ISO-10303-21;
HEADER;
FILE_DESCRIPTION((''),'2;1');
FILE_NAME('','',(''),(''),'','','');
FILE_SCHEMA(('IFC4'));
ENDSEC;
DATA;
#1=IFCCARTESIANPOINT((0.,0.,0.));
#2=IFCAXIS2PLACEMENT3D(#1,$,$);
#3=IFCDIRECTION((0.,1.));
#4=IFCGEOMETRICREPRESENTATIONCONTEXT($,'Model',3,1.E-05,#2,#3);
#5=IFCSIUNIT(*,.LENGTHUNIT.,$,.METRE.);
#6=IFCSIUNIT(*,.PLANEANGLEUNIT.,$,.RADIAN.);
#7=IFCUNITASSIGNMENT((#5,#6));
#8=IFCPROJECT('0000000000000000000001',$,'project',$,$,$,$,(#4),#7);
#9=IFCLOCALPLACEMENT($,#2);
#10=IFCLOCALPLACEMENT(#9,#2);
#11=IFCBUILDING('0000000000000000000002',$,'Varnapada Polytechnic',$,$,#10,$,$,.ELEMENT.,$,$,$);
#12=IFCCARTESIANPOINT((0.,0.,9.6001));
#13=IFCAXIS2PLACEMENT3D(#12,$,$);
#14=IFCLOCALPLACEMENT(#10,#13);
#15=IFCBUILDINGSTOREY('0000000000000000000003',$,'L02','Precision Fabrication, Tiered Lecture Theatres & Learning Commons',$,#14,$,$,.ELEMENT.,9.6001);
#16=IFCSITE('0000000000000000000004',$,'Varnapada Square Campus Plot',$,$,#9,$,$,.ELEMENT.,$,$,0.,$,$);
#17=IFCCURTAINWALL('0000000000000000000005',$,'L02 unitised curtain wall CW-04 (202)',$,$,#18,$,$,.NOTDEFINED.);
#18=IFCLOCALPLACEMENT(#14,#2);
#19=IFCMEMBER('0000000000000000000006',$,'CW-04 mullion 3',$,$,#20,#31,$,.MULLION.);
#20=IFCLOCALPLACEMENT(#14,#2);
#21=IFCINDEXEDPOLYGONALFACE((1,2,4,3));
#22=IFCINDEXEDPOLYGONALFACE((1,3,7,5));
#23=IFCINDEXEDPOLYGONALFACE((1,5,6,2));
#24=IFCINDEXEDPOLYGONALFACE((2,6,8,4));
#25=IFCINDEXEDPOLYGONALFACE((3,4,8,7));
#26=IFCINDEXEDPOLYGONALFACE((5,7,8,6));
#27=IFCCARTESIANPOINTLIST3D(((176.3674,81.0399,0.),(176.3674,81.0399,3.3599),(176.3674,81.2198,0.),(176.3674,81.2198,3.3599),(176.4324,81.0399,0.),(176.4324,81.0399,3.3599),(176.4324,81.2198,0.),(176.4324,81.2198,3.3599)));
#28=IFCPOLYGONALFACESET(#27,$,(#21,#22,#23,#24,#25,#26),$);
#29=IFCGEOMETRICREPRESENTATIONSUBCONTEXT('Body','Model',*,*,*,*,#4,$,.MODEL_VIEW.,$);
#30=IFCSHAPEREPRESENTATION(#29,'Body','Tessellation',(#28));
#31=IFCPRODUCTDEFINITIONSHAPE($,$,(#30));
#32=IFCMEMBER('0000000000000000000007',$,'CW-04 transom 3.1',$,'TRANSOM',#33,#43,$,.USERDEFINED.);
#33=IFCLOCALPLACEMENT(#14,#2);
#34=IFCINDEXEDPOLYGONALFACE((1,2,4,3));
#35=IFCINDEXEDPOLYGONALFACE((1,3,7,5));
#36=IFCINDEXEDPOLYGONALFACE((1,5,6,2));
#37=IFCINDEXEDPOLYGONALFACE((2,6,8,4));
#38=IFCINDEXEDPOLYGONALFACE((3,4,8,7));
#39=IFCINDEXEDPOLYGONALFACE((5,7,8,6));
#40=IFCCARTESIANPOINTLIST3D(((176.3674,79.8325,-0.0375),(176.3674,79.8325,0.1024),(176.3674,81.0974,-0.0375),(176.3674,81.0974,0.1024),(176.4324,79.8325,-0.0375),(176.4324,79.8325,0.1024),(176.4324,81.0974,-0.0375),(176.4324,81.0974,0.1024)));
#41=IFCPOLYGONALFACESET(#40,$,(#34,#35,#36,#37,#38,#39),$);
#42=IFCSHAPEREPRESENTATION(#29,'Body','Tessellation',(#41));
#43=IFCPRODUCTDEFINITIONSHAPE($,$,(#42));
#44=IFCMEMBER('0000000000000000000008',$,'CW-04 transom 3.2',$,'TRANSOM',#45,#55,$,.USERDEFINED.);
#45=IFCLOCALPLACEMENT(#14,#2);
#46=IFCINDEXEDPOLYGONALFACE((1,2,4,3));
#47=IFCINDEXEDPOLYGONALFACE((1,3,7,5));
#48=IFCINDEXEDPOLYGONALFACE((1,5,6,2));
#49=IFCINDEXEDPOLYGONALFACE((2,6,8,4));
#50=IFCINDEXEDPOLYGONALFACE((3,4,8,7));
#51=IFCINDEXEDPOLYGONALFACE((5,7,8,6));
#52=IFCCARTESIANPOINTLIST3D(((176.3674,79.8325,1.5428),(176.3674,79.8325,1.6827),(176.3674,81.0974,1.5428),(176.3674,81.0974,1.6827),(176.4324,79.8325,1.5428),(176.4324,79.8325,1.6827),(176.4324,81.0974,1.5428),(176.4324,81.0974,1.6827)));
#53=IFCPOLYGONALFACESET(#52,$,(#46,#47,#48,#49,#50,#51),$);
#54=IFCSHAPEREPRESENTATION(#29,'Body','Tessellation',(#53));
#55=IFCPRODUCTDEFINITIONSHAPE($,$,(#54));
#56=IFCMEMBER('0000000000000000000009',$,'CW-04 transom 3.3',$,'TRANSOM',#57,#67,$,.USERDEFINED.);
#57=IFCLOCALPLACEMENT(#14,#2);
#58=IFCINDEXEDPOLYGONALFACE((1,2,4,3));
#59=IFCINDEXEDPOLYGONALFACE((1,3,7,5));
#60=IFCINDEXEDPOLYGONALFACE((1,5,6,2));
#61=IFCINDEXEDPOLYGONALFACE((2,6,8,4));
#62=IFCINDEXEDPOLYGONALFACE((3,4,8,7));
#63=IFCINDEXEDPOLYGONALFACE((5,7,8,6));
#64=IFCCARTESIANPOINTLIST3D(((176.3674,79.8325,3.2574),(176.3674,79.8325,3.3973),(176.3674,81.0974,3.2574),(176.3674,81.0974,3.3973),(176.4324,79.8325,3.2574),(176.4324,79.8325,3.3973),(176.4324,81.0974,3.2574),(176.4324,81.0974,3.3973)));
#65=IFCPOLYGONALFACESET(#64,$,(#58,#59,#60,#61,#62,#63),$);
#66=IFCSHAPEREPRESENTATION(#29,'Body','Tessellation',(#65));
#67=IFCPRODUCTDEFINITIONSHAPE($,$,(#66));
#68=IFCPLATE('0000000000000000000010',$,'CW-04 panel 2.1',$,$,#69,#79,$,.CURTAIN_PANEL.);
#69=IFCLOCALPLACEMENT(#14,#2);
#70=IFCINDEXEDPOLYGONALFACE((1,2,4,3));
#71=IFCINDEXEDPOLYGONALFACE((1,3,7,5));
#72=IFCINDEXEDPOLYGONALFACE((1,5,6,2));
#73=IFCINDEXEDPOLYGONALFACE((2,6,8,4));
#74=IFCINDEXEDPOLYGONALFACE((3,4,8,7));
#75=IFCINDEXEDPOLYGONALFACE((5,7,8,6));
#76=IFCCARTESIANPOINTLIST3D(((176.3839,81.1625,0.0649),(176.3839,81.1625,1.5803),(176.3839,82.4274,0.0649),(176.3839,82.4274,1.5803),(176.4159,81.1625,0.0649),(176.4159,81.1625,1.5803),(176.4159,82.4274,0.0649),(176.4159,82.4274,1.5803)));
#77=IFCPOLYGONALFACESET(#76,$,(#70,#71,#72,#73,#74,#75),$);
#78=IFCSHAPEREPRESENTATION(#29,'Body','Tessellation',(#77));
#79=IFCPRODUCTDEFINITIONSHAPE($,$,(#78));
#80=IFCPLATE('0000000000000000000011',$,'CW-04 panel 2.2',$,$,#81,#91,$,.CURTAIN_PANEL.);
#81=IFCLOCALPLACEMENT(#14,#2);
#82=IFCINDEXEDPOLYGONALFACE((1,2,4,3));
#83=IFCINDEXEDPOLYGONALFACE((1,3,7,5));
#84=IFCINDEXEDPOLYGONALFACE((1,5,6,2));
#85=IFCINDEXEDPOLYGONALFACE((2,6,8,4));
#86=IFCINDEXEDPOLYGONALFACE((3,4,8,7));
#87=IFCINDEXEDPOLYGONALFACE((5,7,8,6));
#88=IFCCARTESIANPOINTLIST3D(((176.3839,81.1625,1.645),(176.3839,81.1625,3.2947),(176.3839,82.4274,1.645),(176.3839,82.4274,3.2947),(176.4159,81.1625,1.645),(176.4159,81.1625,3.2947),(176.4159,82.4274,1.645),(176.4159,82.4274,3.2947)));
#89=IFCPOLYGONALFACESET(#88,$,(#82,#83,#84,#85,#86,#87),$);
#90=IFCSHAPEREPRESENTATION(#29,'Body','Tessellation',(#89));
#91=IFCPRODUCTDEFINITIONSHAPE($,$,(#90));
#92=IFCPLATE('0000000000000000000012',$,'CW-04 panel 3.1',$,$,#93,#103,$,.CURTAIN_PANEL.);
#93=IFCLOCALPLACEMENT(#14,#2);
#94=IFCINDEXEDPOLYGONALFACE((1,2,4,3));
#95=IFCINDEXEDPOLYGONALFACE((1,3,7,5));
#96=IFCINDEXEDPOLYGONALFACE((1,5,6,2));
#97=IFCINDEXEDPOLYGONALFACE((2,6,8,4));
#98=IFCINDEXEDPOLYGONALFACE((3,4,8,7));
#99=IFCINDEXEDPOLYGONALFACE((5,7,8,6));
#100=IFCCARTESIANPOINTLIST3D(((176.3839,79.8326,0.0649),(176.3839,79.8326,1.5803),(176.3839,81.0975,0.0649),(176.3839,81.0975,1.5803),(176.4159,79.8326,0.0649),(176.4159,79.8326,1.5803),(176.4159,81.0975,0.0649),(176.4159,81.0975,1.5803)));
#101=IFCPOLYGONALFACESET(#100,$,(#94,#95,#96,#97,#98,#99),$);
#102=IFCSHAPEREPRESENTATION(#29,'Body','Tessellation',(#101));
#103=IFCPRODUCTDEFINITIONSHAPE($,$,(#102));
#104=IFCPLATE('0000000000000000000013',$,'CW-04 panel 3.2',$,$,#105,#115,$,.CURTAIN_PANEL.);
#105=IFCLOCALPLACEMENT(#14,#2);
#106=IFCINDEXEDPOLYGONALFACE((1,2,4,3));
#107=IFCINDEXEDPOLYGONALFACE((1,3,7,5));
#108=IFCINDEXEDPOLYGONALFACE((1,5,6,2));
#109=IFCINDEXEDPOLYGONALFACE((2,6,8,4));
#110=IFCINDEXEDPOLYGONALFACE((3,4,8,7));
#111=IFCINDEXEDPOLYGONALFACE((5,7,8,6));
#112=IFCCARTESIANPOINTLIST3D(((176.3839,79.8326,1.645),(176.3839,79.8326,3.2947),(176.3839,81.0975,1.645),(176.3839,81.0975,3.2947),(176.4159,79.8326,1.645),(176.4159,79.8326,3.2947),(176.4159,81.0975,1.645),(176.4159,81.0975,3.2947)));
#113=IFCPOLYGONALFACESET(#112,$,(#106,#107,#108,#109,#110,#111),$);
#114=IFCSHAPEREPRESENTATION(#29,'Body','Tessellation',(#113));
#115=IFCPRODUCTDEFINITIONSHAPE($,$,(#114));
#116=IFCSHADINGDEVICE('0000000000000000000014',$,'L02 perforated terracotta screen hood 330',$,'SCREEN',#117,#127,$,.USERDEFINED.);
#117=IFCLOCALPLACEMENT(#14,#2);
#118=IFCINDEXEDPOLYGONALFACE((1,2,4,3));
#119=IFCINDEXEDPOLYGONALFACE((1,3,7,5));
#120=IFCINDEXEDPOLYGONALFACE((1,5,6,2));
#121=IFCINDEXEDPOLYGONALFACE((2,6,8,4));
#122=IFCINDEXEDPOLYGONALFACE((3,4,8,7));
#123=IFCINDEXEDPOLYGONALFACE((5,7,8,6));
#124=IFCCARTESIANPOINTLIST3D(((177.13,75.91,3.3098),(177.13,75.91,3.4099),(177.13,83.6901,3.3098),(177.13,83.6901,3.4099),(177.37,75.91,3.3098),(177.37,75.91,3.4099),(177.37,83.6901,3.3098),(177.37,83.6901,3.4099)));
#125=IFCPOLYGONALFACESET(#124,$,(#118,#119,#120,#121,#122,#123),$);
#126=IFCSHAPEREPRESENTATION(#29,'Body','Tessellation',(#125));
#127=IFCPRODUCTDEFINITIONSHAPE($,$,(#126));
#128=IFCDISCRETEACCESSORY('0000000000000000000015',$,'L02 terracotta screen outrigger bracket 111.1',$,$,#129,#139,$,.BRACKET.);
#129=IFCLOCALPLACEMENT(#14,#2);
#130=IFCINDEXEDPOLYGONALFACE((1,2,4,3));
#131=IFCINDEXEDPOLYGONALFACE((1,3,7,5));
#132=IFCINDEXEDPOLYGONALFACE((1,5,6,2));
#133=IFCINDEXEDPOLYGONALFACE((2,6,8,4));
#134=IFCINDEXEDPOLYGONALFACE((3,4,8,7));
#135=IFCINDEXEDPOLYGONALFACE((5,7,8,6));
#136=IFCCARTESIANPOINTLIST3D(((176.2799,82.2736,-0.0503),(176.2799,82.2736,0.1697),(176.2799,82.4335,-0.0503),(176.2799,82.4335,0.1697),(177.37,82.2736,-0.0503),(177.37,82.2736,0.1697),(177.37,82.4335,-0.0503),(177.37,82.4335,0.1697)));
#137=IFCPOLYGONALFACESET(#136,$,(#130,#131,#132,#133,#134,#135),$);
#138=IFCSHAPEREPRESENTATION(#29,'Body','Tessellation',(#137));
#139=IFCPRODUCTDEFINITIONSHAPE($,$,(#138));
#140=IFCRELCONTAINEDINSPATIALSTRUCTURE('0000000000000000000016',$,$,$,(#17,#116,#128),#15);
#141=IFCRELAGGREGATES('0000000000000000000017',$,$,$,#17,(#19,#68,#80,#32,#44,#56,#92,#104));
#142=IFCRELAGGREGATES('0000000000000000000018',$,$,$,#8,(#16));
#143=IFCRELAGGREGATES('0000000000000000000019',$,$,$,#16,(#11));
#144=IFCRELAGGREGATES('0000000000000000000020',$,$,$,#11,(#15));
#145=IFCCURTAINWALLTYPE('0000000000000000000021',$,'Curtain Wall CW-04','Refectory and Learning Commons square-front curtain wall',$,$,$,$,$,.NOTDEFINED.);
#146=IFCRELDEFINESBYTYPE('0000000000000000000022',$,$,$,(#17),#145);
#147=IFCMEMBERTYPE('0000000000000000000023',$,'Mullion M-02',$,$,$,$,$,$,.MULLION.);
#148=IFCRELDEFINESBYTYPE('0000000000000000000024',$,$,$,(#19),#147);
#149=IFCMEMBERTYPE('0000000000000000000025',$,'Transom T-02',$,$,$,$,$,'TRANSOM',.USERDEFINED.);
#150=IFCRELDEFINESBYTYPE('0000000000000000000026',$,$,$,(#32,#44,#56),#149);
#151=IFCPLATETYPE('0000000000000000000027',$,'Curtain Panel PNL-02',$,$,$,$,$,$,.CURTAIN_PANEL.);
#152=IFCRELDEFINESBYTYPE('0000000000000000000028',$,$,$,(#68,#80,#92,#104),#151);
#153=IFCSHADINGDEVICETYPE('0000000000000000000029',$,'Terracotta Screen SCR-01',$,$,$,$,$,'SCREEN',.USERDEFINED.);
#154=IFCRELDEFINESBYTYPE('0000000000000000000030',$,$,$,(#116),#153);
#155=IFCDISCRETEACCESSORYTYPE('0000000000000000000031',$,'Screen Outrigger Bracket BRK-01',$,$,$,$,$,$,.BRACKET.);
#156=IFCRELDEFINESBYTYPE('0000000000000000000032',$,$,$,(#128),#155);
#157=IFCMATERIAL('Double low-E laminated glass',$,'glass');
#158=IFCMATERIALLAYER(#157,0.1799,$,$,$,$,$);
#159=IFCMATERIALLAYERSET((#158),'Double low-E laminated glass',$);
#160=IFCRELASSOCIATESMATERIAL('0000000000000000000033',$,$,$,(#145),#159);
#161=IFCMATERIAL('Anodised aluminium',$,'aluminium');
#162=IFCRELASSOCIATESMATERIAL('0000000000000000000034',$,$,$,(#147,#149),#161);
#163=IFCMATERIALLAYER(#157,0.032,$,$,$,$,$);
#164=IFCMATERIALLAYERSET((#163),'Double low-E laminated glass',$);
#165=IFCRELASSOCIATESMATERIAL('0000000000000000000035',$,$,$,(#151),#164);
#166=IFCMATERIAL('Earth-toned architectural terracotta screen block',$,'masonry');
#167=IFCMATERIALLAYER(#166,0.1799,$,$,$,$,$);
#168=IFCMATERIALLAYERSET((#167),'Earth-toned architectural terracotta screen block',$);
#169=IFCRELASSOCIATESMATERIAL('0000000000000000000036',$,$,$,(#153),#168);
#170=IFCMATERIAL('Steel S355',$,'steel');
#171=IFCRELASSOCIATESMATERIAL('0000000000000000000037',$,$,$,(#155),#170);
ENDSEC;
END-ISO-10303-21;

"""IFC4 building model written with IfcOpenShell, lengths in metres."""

from ifc_helpers import new_model, si_unit, direction, frame, origin, origin_2d, place, context, subcontext, project, spatial, rectangle, extrude, material, layer, layer_set, material_profile, profile_set, type_object, element, aggregate, save


model = new_model("IFC4")

# Units and contexts
model_context = context("Model", 3, precision=1e-05, world=origin(), true_north=direction((0.0, 1.0)))
body_context = subcontext(model_context, "Body", "Model", "MODEL_VIEW")
ifc_project = project(units=[si_unit("LENGTHUNIT", "METRE"), si_unit("PLANEANGLEUNIT", "RADIAN")], contexts=[model_context])

# Site, building, storey
site_placement = place(None, origin())
site = spatial("IfcSite", under=ifc_project, at=site_placement, Name="Varnapada Square Campus Plot", CompositionType="ELEMENT", RefElevation=0.0)
building_placement = place(site_placement, origin())
building = spatial("IfcBuilding", under=site, at=building_placement, Name="Varnapada Polytechnic", CompositionType="ELEMENT")
storey_placement = place(building_placement, frame((0.0, 0.0, 9.6001)))
storey = spatial("IfcBuildingStorey", under=building, at=storey_placement, Name="L02", Description="Precision Fabrication, Tiered Lecture Theatres & Learning Commons", CompositionType="ELEMENT", Elevation=9.6001)

# Curtain wall, members, plates
ifc_material_1 = material(Name="Double low-E laminated glass", Category="glass")
ifc_layer_1 = layer(ifc_material_1, 0.1799)
ifc_layer_set_1 = layer_set([ifc_layer_1], Name="Double low-E laminated glass")
curtain_wall_type = type_object("IfcCurtainWallType", Name="Curtain Wall CW-04", Description="Refectory and Learning Commons square-front curtain wall", PredefinedType="NOTDEFINED", material=ifc_layer_set_1)
curtain_wall_placement = place(storey_placement, origin())
curtain_wall = element("IfcCurtainWall", 1, at=curtain_wall_placement, inside=storey, type_object=curtain_wall_type, Name="L02 unitised curtain wall CW-04 (202)", PredefinedType="NOTDEFINED")
ifc_material_2 = material(Name="Anodised aluminium", Category="aluminium")
ifc_material_profile_1 = material_profile(ifc_material_2, rectangle(XDim=0.0649, YDim=0.1799, at=origin_2d()), Name="ALU M65x180")
ifc_profile_set_1 = profile_set([ifc_material_profile_1], Name="Anodised aluminium")
member_type_1 = type_object("IfcMemberType", Name="Mullion M-02", PredefinedType="MULLION", material=ifc_profile_set_1)
member_1_placement = place(storey_placement, frame((176.3999, 81.1299, 0.0), z_axis=(0.0, 0.0, 1.0), x_axis=(1.0, 0.0, 0.0)))
member_1 = element("IfcMember", 2, at=member_1_placement, type_object=member_type_1, Name="CW-04 mullion 3", PredefinedType="MULLION", context=body_context, shape_type="SweptSolid", body=[
    extrude(rectangle(XDim=0.0649, YDim=0.1799, at=origin_2d()), origin(), (0.0, 0.0, 1.0), 3.3599),
])
ifc_material_profile_2 = material_profile(ifc_material_2, rectangle(XDim=0.0649, YDim=0.1399, at=origin_2d()), Name="ALU T65x140")
ifc_profile_set_2 = profile_set([ifc_material_profile_2], Name="Anodised aluminium")
member_type_2 = type_object("IfcMemberType", Name="Transom T-02", ElementType="TRANSOM", PredefinedType="USERDEFINED", material=ifc_profile_set_2)
member_2_placement = place(storey_placement, frame((176.3999, 81.0974, 0.0325), z_axis=(0.0, -1.0, 0.0), x_axis=(1.0, 0.0, 0.0)))
member_2 = element("IfcMember", 3, at=member_2_placement, type_object=member_type_2, Name="CW-04 transom 3.1", ObjectType="TRANSOM", PredefinedType="USERDEFINED", context=body_context, shape_type="SweptSolid", body=[
    extrude(rectangle(XDim=0.0649, YDim=0.1399, at=origin_2d()), origin(), (0.0, 0.0, 1.0), 1.2649),
])
member_3_placement = place(storey_placement, frame((176.3999, 81.0974, 1.6128), z_axis=(0.0, -1.0, 0.0), x_axis=(1.0, 0.0, 0.0)))
member_3 = element("IfcMember", 4, at=member_3_placement, type_object=member_type_2, Name="CW-04 transom 3.2", ObjectType="TRANSOM", PredefinedType="USERDEFINED", context=body_context, shape_type="SweptSolid", body=[
    extrude(rectangle(XDim=0.0649, YDim=0.1399, at=origin_2d()), origin(), (0.0, 0.0, 1.0), 1.2649),
])
member_4_placement = place(storey_placement, frame((176.3999, 81.0974, 3.3274), z_axis=(0.0, -1.0, 0.0), x_axis=(1.0, 0.0, 0.0)))
member_4 = element("IfcMember", 5, at=member_4_placement, type_object=member_type_2, Name="CW-04 transom 3.3", ObjectType="TRANSOM", PredefinedType="USERDEFINED", context=body_context, shape_type="SweptSolid", body=[
    extrude(rectangle(XDim=0.0649, YDim=0.1399, at=origin_2d()), origin(), (0.0, 0.0, 1.0), 1.2649),
])
ifc_layer_2 = layer(ifc_material_1, 0.032)
ifc_layer_set_2 = layer_set([ifc_layer_2], Name="Double low-E laminated glass")
plate_type = type_object("IfcPlateType", Name="Curtain Panel PNL-02", PredefinedType="CURTAIN_PANEL", material=ifc_layer_set_2)
plate_1_placement = place(storey_placement, frame((176.3999, 81.7949, 0.0649), z_axis=(0.0, 0.0, 1.0), x_axis=(0.0, -1.0, 0.0)))
plate_1 = element("IfcPlate", 6, at=plate_1_placement, type_object=plate_type, Name="CW-04 panel 2.1", PredefinedType="CURTAIN_PANEL", context=body_context, shape_type="SweptSolid", body=[
    extrude(rectangle(XDim=1.2649, YDim=0.032, at=origin_2d()), origin(), (0.0, 0.0, 1.0), 1.5154),
])
plate_2_placement = place(storey_placement, frame((176.3999, 81.7949, 1.645), z_axis=(0.0, 0.0, 1.0), x_axis=(0.0, -1.0, 0.0)))
plate_2 = element("IfcPlate", 7, at=plate_2_placement, type_object=plate_type, Name="CW-04 panel 2.2", PredefinedType="CURTAIN_PANEL", context=body_context, shape_type="SweptSolid", body=[
    extrude(rectangle(XDim=1.2649, YDim=0.032, at=origin_2d()), origin(), (0.0, 0.0, 1.0), 1.6497),
])
plate_3_placement = place(storey_placement, frame((176.3999, 80.4651, 0.0649), z_axis=(0.0, 0.0, 1.0), x_axis=(0.0, -1.0, 0.0)))
plate_3 = element("IfcPlate", 8, at=plate_3_placement, type_object=plate_type, Name="CW-04 panel 3.1", PredefinedType="CURTAIN_PANEL", context=body_context, shape_type="SweptSolid", body=[
    extrude(rectangle(XDim=1.2649, YDim=0.032, at=origin_2d()), origin(), (0.0, 0.0, 1.0), 1.5154),
])
plate_4_placement = place(storey_placement, frame((176.3999, 80.4651, 1.645), z_axis=(0.0, 0.0, 1.0), x_axis=(0.0, -1.0, 0.0)))
plate_4 = element("IfcPlate", 9, at=plate_4_placement, type_object=plate_type, Name="CW-04 panel 3.2", PredefinedType="CURTAIN_PANEL", context=body_context, shape_type="SweptSolid", body=[
    extrude(rectangle(XDim=1.2649, YDim=0.032, at=origin_2d()), origin(), (0.0, 0.0, 1.0), 1.6497),
])
aggregate(curtain_wall, [member_1, plate_1, plate_2, member_2, member_3, member_4, plate_3, plate_4])

# Shading device
ifc_material_3 = material(Name="Earth-toned architectural terracotta screen block", Category="masonry")
ifc_layer_3 = layer(ifc_material_3, 0.1799)
ifc_layer_set_3 = layer_set([ifc_layer_3], Name="Earth-toned architectural terracotta screen block")
shading_device_type = type_object("IfcShadingDeviceType", Name="Terracotta Screen SCR-01", ElementType="SCREEN", PredefinedType="USERDEFINED", material=ifc_layer_set_3)
shading_device_placement = place(storey_placement, frame((177.25, 79.8, 3.3098), z_axis=(0.0, 0.0, 1.0), x_axis=(0.0, -1.0, 0.0)))
element("IfcShadingDevice", 10, at=shading_device_placement, inside=storey, type_object=shading_device_type, Name="L02 perforated terracotta screen hood 330", ObjectType="SCREEN", PredefinedType="USERDEFINED", context=body_context, shape_type="SweptSolid", body=[
    extrude(rectangle(XDim=7.78, YDim=0.24, at=origin_2d()), origin(), (0.0, 0.0, 1.0), 0.1001),
])

# Discrete accessory
ifc_material_4 = material(Name="Steel S355", Category="steel")
discrete_accessory_type = type_object("IfcDiscreteAccessoryType", Name="Screen Outrigger Bracket BRK-01", PredefinedType="BRACKET", material=ifc_material_4)
discrete_accessory_placement = place(storey_placement, frame((176.825, 82.3535, -0.0503), z_axis=(0.0, 0.0, 1.0), x_axis=(0.0, -1.0, 0.0)))
element("IfcDiscreteAccessory", 11, at=discrete_accessory_placement, inside=storey, type_object=discrete_accessory_type, Name="L02 terracotta screen outrigger bracket 111.1", PredefinedType="BRACKET", context=body_context, shape_type="SweptSolid", body=[
    extrude(rectangle(XDim=0.1599, YDim=1.0901, at=origin_2d()), origin(), (0.0, 0.0, 1.0), 0.22),
])

save(model, "model.ifc")
